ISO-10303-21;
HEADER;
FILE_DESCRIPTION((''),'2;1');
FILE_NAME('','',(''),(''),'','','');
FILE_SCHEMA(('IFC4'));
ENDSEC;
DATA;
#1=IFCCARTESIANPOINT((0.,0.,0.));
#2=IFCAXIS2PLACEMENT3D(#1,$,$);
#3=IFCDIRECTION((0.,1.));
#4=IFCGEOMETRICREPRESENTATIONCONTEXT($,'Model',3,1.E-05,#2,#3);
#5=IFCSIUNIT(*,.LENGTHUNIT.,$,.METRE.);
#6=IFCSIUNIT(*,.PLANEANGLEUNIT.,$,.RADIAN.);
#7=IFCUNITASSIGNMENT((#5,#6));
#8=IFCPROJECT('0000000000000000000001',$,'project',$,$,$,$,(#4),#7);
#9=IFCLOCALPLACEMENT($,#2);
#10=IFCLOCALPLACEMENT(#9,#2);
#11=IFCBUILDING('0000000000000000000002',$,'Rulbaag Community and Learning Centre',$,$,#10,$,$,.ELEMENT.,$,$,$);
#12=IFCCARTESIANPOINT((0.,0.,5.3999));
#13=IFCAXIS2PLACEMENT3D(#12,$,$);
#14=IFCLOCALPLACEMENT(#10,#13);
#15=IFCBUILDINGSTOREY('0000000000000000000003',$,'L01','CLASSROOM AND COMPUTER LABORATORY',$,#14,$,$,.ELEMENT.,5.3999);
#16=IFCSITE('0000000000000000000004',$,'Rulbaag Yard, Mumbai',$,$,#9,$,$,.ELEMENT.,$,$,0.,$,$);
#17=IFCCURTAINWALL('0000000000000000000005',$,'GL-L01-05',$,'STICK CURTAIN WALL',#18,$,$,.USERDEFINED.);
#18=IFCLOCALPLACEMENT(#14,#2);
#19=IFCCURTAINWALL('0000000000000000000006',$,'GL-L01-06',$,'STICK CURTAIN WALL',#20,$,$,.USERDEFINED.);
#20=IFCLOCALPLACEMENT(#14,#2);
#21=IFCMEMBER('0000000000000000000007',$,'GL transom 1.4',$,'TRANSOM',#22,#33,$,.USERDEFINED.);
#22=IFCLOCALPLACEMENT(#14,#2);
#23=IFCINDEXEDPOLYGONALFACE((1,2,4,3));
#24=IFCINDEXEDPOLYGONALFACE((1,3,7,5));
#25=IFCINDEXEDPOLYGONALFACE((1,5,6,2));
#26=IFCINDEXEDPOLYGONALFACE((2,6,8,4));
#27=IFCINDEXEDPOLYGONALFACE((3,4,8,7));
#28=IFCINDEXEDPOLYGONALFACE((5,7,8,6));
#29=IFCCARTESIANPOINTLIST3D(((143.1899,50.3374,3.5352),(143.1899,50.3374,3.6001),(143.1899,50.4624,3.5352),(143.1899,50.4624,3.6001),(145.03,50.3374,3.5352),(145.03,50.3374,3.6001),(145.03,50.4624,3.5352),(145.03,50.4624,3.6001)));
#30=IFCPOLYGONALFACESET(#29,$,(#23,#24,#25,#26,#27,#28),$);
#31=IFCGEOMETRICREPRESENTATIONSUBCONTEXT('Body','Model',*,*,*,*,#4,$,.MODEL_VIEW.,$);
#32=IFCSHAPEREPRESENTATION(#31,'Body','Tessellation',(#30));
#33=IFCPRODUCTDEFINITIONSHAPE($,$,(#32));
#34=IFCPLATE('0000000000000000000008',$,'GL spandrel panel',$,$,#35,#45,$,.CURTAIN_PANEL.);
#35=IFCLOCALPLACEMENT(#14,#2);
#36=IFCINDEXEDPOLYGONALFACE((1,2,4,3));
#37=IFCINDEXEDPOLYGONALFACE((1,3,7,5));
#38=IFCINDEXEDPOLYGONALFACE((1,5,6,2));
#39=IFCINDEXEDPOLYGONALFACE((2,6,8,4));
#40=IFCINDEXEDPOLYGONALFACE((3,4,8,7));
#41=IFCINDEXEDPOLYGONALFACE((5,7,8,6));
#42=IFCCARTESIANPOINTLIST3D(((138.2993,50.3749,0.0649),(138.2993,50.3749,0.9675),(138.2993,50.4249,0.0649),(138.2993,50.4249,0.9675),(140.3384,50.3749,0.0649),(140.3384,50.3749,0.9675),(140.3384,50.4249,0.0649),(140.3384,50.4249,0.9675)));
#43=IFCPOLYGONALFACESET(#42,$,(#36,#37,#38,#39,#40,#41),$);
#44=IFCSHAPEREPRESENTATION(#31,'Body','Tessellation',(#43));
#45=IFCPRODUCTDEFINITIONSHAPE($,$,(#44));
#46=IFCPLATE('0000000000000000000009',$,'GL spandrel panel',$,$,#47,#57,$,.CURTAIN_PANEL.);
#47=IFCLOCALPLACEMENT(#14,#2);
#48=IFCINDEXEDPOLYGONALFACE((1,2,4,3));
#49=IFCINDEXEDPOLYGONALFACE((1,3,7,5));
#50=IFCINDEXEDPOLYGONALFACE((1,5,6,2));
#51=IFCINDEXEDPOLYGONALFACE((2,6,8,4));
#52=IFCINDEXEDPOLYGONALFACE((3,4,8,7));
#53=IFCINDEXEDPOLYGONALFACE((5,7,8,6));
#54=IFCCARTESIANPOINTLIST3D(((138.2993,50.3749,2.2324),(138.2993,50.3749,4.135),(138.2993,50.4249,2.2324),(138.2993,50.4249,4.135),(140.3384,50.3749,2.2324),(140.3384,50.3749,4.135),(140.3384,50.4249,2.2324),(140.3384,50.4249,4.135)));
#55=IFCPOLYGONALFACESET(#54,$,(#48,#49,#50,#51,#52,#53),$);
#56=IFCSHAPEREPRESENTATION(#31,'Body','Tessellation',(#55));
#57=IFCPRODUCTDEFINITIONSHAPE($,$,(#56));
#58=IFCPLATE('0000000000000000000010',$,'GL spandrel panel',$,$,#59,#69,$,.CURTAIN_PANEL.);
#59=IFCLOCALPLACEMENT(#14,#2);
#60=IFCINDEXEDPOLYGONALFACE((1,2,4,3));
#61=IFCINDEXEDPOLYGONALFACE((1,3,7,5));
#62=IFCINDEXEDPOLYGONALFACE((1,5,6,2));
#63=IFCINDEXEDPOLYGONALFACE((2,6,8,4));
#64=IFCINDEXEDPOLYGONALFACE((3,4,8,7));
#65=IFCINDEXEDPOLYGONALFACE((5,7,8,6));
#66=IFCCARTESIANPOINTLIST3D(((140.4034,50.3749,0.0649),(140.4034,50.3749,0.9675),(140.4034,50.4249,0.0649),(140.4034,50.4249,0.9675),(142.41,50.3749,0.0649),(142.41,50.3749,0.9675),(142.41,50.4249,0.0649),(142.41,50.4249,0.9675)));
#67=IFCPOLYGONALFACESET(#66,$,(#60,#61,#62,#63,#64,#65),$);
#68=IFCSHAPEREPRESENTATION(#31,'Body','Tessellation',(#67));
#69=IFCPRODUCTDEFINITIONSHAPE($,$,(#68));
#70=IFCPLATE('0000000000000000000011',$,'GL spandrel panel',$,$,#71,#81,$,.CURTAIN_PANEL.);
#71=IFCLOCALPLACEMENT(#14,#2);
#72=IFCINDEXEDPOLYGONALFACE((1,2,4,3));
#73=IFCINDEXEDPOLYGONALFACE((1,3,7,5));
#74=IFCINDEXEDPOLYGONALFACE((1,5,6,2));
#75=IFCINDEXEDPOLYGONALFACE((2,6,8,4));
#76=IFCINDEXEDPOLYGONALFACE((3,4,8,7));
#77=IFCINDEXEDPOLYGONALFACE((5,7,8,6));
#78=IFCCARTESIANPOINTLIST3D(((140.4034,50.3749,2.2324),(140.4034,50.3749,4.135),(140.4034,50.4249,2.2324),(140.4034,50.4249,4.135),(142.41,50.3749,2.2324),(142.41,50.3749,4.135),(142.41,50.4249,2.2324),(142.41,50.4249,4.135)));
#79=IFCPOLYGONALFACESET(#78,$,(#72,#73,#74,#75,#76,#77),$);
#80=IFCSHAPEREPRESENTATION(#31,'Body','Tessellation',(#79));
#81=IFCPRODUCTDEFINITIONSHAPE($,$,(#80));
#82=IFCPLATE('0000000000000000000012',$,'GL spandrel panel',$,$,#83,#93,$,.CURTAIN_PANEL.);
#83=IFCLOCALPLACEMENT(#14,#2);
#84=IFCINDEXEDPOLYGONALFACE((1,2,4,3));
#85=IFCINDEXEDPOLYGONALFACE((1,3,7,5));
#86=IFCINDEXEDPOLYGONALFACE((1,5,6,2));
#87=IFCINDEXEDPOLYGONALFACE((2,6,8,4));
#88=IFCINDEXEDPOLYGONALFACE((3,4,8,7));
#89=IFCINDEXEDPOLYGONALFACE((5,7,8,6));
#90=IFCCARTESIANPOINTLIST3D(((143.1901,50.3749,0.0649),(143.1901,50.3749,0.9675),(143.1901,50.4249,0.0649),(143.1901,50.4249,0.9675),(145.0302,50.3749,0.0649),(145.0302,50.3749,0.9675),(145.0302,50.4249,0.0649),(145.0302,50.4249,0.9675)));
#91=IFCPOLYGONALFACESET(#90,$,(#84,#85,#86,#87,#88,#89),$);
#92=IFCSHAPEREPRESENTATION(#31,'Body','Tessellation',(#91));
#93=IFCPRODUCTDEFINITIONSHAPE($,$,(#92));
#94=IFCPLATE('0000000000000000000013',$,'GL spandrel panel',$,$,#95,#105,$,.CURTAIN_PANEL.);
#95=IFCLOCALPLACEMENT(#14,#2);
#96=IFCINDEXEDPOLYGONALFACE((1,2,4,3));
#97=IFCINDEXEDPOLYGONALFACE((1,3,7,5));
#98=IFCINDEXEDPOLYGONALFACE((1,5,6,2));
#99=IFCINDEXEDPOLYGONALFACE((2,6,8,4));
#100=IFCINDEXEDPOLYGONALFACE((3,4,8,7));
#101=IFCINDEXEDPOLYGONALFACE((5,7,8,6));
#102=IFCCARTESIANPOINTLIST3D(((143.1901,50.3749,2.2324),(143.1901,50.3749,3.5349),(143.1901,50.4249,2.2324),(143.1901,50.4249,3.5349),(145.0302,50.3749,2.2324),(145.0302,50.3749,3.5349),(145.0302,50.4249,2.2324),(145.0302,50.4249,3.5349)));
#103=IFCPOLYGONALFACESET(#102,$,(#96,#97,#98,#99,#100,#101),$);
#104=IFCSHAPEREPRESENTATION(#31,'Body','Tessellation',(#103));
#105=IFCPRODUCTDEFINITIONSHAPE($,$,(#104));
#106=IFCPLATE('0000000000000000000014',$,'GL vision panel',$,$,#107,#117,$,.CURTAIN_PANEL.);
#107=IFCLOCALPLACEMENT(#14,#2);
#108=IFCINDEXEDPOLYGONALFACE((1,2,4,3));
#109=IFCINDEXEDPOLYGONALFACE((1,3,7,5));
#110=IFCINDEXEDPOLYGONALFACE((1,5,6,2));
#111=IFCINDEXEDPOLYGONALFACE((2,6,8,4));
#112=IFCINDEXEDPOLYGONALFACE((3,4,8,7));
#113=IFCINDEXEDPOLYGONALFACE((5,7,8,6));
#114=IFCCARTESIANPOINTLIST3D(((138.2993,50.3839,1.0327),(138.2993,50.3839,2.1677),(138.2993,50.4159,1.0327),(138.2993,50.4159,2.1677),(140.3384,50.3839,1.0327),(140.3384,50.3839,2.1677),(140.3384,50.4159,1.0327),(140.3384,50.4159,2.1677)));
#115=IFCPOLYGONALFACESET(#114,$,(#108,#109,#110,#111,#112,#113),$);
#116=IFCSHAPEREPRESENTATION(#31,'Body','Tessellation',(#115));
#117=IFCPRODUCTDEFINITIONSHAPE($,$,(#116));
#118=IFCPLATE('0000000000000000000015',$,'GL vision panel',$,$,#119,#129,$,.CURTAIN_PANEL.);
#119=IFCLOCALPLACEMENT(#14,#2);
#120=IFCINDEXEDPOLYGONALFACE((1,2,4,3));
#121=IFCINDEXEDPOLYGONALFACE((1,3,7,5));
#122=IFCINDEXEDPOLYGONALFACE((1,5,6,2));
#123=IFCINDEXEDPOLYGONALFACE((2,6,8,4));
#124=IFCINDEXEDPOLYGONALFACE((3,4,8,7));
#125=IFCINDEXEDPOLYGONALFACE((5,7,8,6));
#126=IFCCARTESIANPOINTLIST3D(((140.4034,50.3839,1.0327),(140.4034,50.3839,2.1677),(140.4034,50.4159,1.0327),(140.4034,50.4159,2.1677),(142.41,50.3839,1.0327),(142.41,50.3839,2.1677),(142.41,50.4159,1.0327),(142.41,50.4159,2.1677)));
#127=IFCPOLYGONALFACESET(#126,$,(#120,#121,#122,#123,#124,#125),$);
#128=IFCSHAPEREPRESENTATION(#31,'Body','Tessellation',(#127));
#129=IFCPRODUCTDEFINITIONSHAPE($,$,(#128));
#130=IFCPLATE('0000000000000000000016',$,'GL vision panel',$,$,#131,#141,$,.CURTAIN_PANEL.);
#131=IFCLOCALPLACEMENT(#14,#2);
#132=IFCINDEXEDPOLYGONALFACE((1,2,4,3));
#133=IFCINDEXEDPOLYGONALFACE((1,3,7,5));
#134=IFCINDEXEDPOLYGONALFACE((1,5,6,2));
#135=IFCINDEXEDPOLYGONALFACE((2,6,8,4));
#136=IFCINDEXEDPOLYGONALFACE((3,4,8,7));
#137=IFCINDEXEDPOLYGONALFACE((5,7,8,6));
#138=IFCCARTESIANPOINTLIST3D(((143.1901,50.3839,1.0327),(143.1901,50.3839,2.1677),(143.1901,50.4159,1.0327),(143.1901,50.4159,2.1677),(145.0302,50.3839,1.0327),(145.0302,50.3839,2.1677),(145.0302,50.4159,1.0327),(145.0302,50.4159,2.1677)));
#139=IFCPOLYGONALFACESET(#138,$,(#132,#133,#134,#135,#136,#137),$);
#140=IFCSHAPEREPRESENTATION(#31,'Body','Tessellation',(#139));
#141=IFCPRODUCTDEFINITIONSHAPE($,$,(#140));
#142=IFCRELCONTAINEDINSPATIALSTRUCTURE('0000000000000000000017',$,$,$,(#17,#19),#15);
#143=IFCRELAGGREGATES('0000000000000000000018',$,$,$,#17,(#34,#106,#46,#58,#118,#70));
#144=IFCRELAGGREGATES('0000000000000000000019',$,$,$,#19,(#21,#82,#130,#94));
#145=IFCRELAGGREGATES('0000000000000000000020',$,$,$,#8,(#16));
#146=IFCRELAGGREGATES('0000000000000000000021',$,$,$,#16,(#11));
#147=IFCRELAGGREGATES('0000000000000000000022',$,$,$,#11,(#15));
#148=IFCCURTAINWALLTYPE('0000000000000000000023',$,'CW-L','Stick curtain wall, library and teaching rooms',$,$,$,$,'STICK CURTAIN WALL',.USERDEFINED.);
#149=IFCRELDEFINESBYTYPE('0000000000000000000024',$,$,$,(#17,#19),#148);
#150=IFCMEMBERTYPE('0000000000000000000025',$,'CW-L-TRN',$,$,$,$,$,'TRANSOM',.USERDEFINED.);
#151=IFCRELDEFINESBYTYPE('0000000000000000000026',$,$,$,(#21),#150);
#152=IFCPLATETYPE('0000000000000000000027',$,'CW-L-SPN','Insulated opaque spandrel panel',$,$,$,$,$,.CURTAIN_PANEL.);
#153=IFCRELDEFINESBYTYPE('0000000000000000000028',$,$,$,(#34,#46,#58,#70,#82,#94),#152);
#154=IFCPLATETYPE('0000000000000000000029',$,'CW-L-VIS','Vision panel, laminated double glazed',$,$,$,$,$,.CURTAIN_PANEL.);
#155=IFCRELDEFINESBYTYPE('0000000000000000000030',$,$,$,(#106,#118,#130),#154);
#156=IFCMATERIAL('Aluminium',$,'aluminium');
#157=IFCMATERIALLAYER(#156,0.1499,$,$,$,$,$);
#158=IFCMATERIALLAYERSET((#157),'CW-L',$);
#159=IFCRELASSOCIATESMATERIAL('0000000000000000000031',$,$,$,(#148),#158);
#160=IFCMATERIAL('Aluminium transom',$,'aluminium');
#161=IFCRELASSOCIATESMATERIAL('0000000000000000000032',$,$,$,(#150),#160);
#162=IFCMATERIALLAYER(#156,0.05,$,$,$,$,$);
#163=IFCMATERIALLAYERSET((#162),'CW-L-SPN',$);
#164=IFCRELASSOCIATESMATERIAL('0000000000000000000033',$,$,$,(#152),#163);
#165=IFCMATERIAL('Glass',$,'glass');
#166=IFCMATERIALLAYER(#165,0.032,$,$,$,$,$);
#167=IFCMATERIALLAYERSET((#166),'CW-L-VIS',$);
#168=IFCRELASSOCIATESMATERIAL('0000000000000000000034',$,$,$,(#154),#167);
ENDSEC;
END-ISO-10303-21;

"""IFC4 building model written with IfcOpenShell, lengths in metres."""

from ifc_helpers import new_model, si_unit, direction, frame, origin, origin_2d, place, context, subcontext, project, spatial, rectangle, extrude, material, layer, layer_set, material_profile, profile_set, type_object, element, aggregate, save


model = new_model("IFC4")

# Units and contexts
model_context = context("Model", 3, precision=1e-05, world=origin(), true_north=direction((0.0, 1.0)))
body_context = subcontext(model_context, "Body", "Model", "MODEL_VIEW")
ifc_project = project(units=[si_unit("LENGTHUNIT", "METRE"), si_unit("PLANEANGLEUNIT", "RADIAN")], contexts=[model_context])

# Site, building, storey
site_placement = place(None, origin())
site = spatial("IfcSite", under=ifc_project, at=site_placement, Name="Rulbaag Yard, Mumbai", CompositionType="ELEMENT", RefElevation=0.0)
building_placement = place(site_placement, origin())
building = spatial("IfcBuilding", under=site, at=building_placement, Name="Rulbaag Community and Learning Centre", CompositionType="ELEMENT")
storey_placement = place(building_placement, frame((0.0, 0.0, 5.3999)))
storey = spatial("IfcBuildingStorey", under=building, at=storey_placement, Name="L01", Description="CLASSROOM AND COMPUTER LABORATORY", CompositionType="ELEMENT", Elevation=5.3999)

# Curtain walls
ifc_material_1 = material(Name="Aluminium", Category="aluminium")
ifc_layer_1 = layer(ifc_material_1, 0.1499)
ifc_layer_set_1 = layer_set([ifc_layer_1], Name="CW-L")
curtain_wall_type = type_object("IfcCurtainWallType", Name="CW-L", Description="Stick curtain wall, library and teaching rooms", ElementType="STICK CURTAIN WALL", PredefinedType="USERDEFINED", material=ifc_layer_set_1)
curtain_wall_1_placement = place(storey_placement, origin())
curtain_wall_1 = element("IfcCurtainWall", 1, at=curtain_wall_1_placement, inside=storey, type_object=curtain_wall_type, Name="GL-L01-05", ObjectType="STICK CURTAIN WALL", PredefinedType="USERDEFINED")
curtain_wall_2_placement = place(storey_placement, origin())
curtain_wall_2 = element("IfcCurtainWall", 2, at=curtain_wall_2_placement, inside=storey, type_object=curtain_wall_type, Name="GL-L01-06", ObjectType="STICK CURTAIN WALL", PredefinedType="USERDEFINED")

# Member
ifc_material_2 = material(Name="Aluminium transom", Category="aluminium")
ifc_material_profile_1 = material_profile(ifc_material_2, rectangle(XDim=0.125, YDim=0.0649, at=origin_2d()), Name="AL 65x125 T")
ifc_profile_set_1 = profile_set([ifc_material_profile_1], Name="Aluminium transom")
member_type_1 = type_object("IfcMemberType", Name="CW-L-TRN", ElementType="TRANSOM", PredefinedType="USERDEFINED", material=ifc_profile_set_1)
member_1_placement = place(storey_placement, frame((143.1899, 50.3999, 3.5676), z_axis=(1.0, 0.0, 0.0), x_axis=(0.0, 1.0, 0.0)))
member_1 = element("IfcMember", 3, at=member_1_placement, type_object=member_type_1, Name="GL transom 1.4", ObjectType="TRANSOM", PredefinedType="USERDEFINED", context=body_context, shape_type="SweptSolid", body=[
    extrude(rectangle(XDim=0.125, YDim=0.0649, at=origin_2d()), origin(), (0.0, 0.0, 1.0), 1.8401),
])

# Plates
ifc_layer_2 = layer(ifc_material_1, 0.05)
ifc_layer_set_2 = layer_set([ifc_layer_2], Name="CW-L-SPN")
plate_type_1 = type_object("IfcPlateType", Name="CW-L-SPN", Description="Insulated opaque spandrel panel", PredefinedType="CURTAIN_PANEL", material=ifc_layer_set_2)
plate_1_placement = place(storey_placement, frame((139.3188, 50.3999, 0.0649), z_axis=(0.0, 0.0, 1.0), x_axis=(1.0, 0.0, 0.0)))
plate_1 = element("IfcPlate", 4, at=plate_1_placement, type_object=plate_type_1, Name="GL spandrel panel", PredefinedType="CURTAIN_PANEL", context=body_context, shape_type="SweptSolid", body=[
    extrude(rectangle(XDim=2.0391, YDim=0.05, at=origin_2d()), origin(), (0.0, 0.0, 1.0), 0.9026),
])
plate_2_placement = place(storey_placement, frame((139.3188, 50.3999, 2.2324), z_axis=(0.0, 0.0, 1.0), x_axis=(1.0, 0.0, 0.0)))
plate_2 = element("IfcPlate", 5, at=plate_2_placement, type_object=plate_type_1, Name="GL spandrel panel", PredefinedType="CURTAIN_PANEL", context=body_context, shape_type="SweptSolid", body=[
    extrude(rectangle(XDim=2.0391, YDim=0.05, at=origin_2d()), origin(), (0.0, 0.0, 1.0), 1.9026),
])
plate_3_placement = place(storey_placement, frame((141.4067, 50.3999, 0.0649), z_axis=(0.0, 0.0, 1.0), x_axis=(1.0, 0.0, 0.0)))
plate_3 = element("IfcPlate", 6, at=plate_3_placement, type_object=plate_type_1, Name="GL spandrel panel", PredefinedType="CURTAIN_PANEL", context=body_context, shape_type="SweptSolid", body=[
    extrude(rectangle(XDim=2.0066, YDim=0.05, at=origin_2d()), origin(), (0.0, 0.0, 1.0), 0.9026),
])
plate_4_placement = place(storey_placement, frame((141.4067, 50.3999, 2.2324), z_axis=(0.0, 0.0, 1.0), x_axis=(1.0, 0.0, 0.0)))
plate_4 = element("IfcPlate", 7, at=plate_4_placement, type_object=plate_type_1, Name="GL spandrel panel", PredefinedType="CURTAIN_PANEL", context=body_context, shape_type="SweptSolid", body=[
    extrude(rectangle(XDim=2.0066, YDim=0.05, at=origin_2d()), origin(), (0.0, 0.0, 1.0), 1.9026),
])
plate_5_placement = place(storey_placement, frame((144.1101, 50.3999, 0.0649), z_axis=(0.0, 0.0, 1.0), x_axis=(1.0, 0.0, 0.0)))
plate_5 = element("IfcPlate", 8, at=plate_5_placement, type_object=plate_type_1, Name="GL spandrel panel", PredefinedType="CURTAIN_PANEL", context=body_context, shape_type="SweptSolid", body=[
    extrude(rectangle(XDim=1.8401, YDim=0.05, at=origin_2d()), origin(), (0.0, 0.0, 1.0), 0.9026),
])
plate_6_placement = place(storey_placement, frame((144.1101, 50.3999, 2.2324), z_axis=(0.0, 0.0, 1.0), x_axis=(1.0, 0.0, 0.0)))
plate_6 = element("IfcPlate", 9, at=plate_6_placement, type_object=plate_type_1, Name="GL spandrel panel", PredefinedType="CURTAIN_PANEL", context=body_context, shape_type="SweptSolid", body=[
    extrude(rectangle(XDim=1.8401, YDim=0.05, at=origin_2d()), origin(), (0.0, 0.0, 1.0), 1.3025),
])
ifc_material_3 = material(Name="Glass", Category="glass")
ifc_layer_3 = layer(ifc_material_3, 0.032)
ifc_layer_set_3 = layer_set([ifc_layer_3], Name="CW-L-VIS")
plate_type_2 = type_object("IfcPlateType", Name="CW-L-VIS", Description="Vision panel, laminated double glazed", PredefinedType="CURTAIN_PANEL", material=ifc_layer_set_3)
plate_7_placement = place(storey_placement, frame((139.3188, 50.3999, 1.0327), z_axis=(0.0, 0.0, 1.0), x_axis=(1.0, 0.0, 0.0)))
plate_7 = element("IfcPlate", 10, at=plate_7_placement, type_object=plate_type_2, Name="GL vision panel", PredefinedType="CURTAIN_PANEL", context=body_context, shape_type="SweptSolid", body=[
    extrude(rectangle(XDim=2.0391, YDim=0.032, at=origin_2d()), origin(), (0.0, 0.0, 1.0), 1.135),
])
plate_8_placement = place(storey_placement, frame((141.4067, 50.3999, 1.0327), z_axis=(0.0, 0.0, 1.0), x_axis=(1.0, 0.0, 0.0)))
plate_8 = element("IfcPlate", 11, at=plate_8_placement, type_object=plate_type_2, Name="GL vision panel", PredefinedType="CURTAIN_PANEL", context=body_context, shape_type="SweptSolid", body=[
    extrude(rectangle(XDim=2.0066, YDim=0.032, at=origin_2d()), origin(), (0.0, 0.0, 1.0), 1.135),
])
aggregate(curtain_wall_1, [plate_1, plate_7, plate_2, plate_3, plate_8, plate_4])
plate_9_placement = place(storey_placement, frame((144.1101, 50.3999, 1.0327), z_axis=(0.0, 0.0, 1.0), x_axis=(1.0, 0.0, 0.0)))
plate_9 = element("IfcPlate", 12, at=plate_9_placement, type_object=plate_type_2, Name="GL vision panel", PredefinedType="CURTAIN_PANEL", context=body_context, shape_type="SweptSolid", body=[
    extrude(rectangle(XDim=1.8401, YDim=0.032, at=origin_2d()), origin(), (0.0, 0.0, 1.0), 1.135),
])
aggregate(curtain_wall_2, [member_1, plate_5, plate_9, plate_6])

save(model, "model.ifc")
